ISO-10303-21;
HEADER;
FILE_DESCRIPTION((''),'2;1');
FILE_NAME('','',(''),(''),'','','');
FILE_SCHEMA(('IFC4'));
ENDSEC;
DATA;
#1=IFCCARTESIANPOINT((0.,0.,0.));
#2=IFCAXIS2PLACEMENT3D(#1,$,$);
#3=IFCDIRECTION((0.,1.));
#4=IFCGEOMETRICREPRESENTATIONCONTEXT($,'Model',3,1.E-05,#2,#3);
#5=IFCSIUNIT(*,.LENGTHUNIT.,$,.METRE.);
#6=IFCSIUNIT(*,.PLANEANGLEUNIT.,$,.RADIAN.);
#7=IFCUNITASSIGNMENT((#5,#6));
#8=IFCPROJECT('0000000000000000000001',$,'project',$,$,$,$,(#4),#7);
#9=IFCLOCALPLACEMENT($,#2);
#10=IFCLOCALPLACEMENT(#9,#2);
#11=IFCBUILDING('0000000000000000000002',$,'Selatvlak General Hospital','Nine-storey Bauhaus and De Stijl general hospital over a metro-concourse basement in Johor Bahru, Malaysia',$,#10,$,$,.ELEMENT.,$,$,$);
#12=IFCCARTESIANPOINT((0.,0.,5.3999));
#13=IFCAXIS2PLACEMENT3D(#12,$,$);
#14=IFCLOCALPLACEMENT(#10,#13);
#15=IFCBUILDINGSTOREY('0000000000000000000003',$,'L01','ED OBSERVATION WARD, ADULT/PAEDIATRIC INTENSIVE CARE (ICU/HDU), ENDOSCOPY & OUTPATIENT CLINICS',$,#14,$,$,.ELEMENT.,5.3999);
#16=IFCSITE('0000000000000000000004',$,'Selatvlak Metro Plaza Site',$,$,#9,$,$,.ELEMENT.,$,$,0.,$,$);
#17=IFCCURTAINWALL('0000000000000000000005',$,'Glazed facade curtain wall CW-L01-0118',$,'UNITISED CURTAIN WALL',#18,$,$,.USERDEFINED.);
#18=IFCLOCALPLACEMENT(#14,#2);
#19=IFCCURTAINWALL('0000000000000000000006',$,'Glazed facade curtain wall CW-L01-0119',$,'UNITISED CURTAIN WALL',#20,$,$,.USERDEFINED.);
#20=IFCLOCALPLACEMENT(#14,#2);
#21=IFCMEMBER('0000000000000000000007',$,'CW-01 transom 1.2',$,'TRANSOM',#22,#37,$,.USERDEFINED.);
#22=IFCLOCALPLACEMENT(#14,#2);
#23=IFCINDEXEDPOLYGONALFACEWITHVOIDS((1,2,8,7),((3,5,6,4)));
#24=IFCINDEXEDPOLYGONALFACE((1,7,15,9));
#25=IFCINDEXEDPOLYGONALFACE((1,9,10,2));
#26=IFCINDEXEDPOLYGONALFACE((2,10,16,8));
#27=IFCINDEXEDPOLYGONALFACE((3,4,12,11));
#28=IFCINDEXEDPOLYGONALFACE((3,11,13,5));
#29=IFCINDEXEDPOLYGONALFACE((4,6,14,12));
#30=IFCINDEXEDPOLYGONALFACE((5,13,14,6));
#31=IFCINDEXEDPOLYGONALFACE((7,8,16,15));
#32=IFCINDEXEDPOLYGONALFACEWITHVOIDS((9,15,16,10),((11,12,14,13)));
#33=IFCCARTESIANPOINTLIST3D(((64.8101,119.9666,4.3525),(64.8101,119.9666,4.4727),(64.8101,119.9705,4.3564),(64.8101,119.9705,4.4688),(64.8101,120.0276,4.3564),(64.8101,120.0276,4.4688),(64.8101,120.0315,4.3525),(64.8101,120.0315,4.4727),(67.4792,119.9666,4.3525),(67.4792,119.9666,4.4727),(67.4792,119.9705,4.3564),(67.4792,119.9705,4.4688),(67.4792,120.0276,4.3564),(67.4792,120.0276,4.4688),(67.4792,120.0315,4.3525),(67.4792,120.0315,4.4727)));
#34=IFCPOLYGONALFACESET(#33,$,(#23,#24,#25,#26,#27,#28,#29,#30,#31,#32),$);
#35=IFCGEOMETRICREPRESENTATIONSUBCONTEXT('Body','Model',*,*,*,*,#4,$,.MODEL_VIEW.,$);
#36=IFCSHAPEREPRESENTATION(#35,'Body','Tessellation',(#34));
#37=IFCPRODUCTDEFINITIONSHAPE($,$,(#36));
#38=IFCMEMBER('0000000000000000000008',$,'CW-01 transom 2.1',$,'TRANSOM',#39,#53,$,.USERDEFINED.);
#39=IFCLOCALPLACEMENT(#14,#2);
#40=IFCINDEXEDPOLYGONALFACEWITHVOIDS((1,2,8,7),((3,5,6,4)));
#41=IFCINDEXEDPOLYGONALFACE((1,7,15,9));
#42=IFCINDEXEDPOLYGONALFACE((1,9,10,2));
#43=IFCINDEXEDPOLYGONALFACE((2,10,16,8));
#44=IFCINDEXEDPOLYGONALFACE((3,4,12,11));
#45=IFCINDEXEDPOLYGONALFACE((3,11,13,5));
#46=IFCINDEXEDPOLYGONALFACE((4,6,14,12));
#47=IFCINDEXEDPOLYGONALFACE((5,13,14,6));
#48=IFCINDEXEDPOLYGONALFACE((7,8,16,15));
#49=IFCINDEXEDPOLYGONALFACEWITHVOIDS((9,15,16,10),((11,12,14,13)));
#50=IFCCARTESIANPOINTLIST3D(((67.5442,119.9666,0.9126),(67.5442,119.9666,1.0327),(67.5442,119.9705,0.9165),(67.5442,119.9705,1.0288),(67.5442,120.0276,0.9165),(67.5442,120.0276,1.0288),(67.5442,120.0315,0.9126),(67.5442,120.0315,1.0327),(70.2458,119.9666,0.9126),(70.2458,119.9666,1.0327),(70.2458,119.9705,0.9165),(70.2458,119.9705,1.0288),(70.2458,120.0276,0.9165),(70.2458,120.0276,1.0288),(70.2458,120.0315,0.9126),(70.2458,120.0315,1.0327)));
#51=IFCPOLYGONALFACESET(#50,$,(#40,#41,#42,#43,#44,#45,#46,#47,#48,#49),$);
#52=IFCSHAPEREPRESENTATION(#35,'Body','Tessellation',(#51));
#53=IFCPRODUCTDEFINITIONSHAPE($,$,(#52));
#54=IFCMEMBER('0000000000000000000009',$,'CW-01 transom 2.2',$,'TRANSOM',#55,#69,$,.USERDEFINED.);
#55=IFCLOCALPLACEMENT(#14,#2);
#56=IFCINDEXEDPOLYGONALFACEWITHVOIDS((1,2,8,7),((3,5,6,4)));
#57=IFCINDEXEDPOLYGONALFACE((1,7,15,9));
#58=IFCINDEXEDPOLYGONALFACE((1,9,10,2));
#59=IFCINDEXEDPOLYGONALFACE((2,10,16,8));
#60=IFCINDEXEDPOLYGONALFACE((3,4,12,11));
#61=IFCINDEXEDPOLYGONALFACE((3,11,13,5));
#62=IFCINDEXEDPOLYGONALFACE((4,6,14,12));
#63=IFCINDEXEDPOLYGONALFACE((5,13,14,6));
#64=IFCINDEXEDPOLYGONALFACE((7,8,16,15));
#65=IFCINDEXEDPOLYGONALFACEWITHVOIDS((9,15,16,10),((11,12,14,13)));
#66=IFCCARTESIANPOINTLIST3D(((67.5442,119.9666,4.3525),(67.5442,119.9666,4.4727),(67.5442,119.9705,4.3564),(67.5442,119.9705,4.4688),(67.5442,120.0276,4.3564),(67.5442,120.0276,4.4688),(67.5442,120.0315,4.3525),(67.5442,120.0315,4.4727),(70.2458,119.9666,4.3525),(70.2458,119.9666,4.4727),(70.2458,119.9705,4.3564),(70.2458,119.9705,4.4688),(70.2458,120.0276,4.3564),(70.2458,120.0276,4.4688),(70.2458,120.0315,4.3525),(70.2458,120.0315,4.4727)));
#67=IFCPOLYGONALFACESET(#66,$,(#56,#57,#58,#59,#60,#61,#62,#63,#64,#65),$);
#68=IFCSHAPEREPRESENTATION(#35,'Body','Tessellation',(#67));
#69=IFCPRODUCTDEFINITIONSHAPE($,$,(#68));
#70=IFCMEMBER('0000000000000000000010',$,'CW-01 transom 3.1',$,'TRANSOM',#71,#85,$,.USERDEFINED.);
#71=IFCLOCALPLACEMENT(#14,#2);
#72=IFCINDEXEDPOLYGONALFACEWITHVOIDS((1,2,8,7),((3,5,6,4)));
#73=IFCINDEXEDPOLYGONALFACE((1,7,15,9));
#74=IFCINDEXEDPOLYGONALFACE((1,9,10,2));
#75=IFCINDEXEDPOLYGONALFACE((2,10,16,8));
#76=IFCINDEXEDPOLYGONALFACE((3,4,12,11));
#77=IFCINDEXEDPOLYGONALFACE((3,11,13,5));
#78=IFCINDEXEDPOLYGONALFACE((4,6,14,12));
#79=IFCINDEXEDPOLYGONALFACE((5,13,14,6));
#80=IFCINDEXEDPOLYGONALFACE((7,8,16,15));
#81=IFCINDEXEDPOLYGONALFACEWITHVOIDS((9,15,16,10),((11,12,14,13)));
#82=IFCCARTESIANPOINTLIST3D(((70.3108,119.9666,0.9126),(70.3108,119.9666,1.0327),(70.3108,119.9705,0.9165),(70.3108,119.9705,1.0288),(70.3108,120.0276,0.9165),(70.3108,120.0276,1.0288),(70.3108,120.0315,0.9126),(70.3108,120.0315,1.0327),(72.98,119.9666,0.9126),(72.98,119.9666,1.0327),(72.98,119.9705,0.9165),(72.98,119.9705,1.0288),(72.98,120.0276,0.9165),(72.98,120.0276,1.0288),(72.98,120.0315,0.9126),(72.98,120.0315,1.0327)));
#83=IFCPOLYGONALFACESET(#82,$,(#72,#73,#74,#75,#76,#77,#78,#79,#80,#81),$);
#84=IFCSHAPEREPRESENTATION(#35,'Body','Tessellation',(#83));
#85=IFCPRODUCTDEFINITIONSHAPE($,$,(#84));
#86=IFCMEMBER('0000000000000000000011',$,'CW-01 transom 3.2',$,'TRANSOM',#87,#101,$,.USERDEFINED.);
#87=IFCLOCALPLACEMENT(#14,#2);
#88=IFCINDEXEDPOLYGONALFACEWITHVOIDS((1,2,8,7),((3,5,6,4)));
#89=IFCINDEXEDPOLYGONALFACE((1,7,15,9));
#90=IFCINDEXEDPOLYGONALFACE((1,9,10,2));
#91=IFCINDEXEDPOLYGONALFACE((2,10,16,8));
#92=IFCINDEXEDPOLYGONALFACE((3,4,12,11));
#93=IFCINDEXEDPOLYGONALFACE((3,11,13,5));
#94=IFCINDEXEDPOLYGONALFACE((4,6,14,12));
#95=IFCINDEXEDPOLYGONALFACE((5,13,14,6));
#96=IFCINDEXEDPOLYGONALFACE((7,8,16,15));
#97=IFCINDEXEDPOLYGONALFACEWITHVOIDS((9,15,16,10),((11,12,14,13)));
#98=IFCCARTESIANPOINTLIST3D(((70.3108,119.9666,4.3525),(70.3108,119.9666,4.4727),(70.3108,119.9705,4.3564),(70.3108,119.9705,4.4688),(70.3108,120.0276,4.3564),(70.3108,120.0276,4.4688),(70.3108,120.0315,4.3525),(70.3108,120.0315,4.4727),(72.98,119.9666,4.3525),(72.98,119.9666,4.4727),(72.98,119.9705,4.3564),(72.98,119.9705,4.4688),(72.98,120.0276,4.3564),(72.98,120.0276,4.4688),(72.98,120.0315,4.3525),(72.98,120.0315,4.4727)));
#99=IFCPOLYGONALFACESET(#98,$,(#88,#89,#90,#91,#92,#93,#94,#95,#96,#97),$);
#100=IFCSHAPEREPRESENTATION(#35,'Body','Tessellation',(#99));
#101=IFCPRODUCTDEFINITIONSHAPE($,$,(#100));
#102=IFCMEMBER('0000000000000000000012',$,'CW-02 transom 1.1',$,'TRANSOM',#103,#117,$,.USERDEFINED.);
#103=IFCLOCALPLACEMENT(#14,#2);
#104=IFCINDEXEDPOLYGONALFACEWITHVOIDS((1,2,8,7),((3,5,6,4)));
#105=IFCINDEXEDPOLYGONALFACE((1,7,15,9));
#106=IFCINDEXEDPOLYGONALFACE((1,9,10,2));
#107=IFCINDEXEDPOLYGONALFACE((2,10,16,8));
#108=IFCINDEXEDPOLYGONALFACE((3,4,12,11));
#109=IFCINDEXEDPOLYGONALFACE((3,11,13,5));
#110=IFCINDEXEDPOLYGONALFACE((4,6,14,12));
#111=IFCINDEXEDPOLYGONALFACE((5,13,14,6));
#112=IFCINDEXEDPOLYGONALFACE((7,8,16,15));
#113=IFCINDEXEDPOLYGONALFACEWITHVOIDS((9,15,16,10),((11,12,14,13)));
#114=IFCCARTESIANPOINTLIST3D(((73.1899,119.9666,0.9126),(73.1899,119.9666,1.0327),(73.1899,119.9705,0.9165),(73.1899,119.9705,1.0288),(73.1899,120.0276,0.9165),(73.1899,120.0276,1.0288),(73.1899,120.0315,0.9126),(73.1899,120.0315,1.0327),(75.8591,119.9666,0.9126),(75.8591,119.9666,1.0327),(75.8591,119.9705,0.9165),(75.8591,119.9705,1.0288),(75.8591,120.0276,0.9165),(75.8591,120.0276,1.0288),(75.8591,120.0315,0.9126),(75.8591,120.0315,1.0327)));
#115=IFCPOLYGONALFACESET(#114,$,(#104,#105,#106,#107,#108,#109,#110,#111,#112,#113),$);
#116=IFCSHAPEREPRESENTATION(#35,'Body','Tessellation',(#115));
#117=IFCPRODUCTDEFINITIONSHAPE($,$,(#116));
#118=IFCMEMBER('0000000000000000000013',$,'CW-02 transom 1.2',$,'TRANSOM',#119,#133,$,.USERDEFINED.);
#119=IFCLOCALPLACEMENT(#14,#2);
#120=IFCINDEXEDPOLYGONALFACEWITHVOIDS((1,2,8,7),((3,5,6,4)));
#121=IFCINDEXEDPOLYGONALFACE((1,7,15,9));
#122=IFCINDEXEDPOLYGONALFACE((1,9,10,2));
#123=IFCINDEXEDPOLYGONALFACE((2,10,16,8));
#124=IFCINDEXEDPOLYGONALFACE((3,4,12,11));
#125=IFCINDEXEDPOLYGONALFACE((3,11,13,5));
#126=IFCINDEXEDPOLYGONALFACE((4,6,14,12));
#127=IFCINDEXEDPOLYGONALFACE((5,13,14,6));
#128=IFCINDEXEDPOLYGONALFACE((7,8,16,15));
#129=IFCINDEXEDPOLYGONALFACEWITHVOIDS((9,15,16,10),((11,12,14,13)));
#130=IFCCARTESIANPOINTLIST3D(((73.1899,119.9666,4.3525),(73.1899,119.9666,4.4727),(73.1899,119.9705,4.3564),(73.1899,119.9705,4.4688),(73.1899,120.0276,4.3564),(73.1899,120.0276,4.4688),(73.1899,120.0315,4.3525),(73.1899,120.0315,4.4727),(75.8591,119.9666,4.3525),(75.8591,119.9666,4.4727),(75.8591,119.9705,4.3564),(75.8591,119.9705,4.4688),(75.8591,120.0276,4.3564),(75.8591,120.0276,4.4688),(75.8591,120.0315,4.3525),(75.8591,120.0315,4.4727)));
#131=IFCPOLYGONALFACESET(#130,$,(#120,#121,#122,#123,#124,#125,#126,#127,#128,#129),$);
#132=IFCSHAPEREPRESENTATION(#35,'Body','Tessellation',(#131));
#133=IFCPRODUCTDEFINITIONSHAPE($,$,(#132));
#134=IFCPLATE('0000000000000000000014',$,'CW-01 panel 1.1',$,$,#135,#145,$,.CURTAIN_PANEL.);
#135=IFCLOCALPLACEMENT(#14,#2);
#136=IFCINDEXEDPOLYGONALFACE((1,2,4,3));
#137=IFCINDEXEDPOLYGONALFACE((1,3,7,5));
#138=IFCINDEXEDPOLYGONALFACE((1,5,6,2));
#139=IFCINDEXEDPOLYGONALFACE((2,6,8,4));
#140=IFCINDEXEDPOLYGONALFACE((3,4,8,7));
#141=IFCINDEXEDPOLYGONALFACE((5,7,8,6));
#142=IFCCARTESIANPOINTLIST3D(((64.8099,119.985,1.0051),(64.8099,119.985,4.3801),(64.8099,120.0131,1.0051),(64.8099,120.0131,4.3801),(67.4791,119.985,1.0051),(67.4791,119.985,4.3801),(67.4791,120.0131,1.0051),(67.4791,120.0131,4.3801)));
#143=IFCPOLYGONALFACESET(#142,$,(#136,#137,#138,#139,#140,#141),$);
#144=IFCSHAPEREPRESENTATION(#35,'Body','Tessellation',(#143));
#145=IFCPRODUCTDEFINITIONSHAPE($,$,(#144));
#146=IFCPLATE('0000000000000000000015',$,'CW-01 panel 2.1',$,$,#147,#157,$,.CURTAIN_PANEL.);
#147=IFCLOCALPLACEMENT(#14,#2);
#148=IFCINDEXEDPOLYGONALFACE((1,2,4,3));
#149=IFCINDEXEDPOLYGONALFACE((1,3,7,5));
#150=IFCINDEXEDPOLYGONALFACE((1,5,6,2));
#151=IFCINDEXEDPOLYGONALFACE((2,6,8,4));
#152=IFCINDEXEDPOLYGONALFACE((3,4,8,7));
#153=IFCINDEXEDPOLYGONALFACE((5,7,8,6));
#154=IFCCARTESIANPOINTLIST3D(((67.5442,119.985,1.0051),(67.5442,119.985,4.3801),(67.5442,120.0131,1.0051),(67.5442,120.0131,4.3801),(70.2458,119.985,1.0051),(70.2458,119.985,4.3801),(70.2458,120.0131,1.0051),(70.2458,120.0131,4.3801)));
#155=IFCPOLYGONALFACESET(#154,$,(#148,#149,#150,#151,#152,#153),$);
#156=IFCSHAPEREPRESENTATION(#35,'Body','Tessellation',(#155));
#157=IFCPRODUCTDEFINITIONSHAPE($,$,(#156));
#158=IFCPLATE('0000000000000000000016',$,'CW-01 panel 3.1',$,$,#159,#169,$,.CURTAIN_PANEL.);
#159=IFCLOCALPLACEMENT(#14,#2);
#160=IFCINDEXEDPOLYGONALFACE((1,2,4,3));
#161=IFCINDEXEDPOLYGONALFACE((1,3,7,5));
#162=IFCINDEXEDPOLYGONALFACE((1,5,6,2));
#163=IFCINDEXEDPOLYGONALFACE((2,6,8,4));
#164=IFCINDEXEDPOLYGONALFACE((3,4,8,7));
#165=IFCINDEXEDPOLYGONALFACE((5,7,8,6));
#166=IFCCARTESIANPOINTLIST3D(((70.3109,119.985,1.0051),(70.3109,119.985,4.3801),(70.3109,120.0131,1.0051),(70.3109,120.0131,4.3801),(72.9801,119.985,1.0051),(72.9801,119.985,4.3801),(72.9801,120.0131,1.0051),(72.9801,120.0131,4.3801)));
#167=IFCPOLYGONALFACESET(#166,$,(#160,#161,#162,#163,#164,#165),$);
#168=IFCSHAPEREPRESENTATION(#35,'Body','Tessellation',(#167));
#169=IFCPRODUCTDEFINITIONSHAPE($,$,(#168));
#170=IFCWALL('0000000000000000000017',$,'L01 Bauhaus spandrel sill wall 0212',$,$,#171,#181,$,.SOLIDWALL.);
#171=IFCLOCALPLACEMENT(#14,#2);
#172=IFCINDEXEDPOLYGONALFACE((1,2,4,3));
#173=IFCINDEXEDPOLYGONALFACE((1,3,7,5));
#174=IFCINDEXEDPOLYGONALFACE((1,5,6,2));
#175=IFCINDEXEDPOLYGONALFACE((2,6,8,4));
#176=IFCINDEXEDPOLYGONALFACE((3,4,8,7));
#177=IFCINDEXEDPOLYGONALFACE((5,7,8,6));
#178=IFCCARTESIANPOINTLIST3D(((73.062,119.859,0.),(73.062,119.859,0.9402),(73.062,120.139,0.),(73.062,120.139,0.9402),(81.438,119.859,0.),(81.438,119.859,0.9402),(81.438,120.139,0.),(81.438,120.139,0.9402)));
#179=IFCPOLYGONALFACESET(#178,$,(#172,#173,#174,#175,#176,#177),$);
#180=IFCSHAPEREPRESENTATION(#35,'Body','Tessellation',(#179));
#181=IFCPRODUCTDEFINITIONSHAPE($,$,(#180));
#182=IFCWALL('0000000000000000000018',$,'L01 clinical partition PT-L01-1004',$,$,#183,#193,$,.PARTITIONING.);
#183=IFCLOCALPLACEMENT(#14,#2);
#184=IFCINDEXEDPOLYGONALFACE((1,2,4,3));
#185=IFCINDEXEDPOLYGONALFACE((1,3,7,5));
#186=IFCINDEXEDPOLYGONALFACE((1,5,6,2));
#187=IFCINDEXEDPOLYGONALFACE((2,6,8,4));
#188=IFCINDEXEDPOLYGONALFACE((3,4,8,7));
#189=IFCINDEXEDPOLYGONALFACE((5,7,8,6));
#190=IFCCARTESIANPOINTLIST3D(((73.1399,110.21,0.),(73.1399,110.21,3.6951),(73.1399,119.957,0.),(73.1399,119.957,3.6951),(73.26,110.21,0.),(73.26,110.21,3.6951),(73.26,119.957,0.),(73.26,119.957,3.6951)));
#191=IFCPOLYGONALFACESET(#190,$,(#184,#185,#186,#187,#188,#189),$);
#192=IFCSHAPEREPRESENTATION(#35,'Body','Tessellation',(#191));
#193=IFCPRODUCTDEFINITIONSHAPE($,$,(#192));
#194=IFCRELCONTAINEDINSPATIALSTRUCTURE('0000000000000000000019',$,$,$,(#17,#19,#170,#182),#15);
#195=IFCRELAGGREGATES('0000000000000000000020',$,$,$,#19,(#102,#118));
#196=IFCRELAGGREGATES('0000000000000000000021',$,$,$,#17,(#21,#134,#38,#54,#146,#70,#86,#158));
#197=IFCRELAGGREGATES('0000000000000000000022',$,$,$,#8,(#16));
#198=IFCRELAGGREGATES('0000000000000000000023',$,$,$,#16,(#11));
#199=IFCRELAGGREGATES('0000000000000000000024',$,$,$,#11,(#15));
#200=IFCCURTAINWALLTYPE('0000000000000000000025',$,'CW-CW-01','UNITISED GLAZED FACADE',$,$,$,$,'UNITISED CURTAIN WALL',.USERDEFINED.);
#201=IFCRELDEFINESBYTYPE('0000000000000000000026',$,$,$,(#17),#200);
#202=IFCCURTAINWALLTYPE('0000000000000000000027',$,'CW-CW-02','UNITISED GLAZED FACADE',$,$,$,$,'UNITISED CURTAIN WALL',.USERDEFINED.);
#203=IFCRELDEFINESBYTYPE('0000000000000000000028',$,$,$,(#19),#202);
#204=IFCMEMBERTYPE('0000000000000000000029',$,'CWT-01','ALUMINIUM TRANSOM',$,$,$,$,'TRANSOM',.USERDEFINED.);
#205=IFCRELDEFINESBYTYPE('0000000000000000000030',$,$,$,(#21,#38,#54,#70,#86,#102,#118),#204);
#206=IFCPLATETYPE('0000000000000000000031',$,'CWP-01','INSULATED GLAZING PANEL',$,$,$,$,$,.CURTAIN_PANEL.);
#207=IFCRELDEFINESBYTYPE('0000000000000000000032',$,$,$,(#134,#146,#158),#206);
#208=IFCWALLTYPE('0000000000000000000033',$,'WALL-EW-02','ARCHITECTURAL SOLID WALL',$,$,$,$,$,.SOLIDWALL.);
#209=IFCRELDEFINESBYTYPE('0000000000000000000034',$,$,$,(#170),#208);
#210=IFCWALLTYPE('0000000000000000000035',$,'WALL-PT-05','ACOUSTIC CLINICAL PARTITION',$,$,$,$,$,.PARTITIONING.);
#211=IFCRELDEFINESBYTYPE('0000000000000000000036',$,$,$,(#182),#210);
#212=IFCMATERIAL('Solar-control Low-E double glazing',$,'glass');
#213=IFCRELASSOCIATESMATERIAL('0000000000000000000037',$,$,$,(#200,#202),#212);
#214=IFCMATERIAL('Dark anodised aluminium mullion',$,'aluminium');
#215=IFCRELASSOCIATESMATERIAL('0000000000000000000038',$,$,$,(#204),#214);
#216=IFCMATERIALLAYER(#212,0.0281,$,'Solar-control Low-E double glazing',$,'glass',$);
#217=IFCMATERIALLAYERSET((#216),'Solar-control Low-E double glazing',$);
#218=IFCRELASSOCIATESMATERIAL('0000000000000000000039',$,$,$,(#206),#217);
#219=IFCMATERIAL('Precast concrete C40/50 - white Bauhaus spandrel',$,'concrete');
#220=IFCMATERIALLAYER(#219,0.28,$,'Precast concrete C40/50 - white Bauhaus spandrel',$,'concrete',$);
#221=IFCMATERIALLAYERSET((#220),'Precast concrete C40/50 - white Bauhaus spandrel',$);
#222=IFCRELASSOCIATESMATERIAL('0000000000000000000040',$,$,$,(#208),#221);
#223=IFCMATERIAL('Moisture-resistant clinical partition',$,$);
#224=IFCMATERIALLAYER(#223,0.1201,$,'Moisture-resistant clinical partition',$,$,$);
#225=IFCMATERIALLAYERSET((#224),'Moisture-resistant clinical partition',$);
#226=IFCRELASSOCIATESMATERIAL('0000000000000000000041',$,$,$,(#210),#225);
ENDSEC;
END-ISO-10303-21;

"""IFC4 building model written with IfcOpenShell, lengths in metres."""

from ifc_helpers import new_model, si_unit, direction, frame, frame_2d, origin, origin_2d, place, context, subcontext, project, spatial, rectangle, hollow_rectangle, extrude, material, layer, layer_set, material_profile, profile_set, type_object, element, aggregate, save


model = new_model("IFC4")

# Units and contexts
model_context = context("Model", 3, precision=1e-05, world=origin(), true_north=direction((0.0, 1.0)))
body_context = subcontext(model_context, "Body", "Model", "MODEL_VIEW")
ifc_project = project(units=[si_unit("LENGTHUNIT", "METRE"), si_unit("PLANEANGLEUNIT", "RADIAN")], contexts=[model_context])

# Site, building, storey
site_placement = place(None, origin())
site = spatial("IfcSite", under=ifc_project, at=site_placement, Name="Selatvlak Metro Plaza Site", CompositionType="ELEMENT", RefElevation=0.0)
building_placement = place(site_placement, origin())
building = spatial("IfcBuilding", under=site, at=building_placement, Name="Selatvlak General Hospital", Description="Nine-storey Bauhaus and De Stijl general hospital over a metro-concourse basement in Johor Bahru, Malaysia", CompositionType="ELEMENT")
storey_placement = place(building_placement, frame((0.0, 0.0, 5.3999)))
storey = spatial("IfcBuildingStorey", under=building, at=storey_placement, Name="L01", Description="ED OBSERVATION WARD, ADULT/PAEDIATRIC INTENSIVE CARE (ICU/HDU), ENDOSCOPY & OUTPATIENT CLINICS", CompositionType="ELEMENT", Elevation=5.3999)

# Curtain wall
ifc_material_1 = material(Name="Solar-control Low-E double glazing", Category="glass")
curtain_wall_type_1 = type_object("IfcCurtainWallType", Name="CW-CW-01", Description="UNITISED GLAZED FACADE", ElementType="UNITISED CURTAIN WALL", PredefinedType="USERDEFINED", material=ifc_material_1)
curtain_wall_1_placement = place(storey_placement, origin())
curtain_wall_1 = element("IfcCurtainWall", 1, at=curtain_wall_1_placement, inside=storey, type_object=curtain_wall_type_1, Name="Glazed facade curtain wall CW-L01-0118", ObjectType="UNITISED CURTAIN WALL", PredefinedType="USERDEFINED")
ifc_material_2 = material(Name="Dark anodised aluminium mullion", Category="aluminium")

# Curtain wall
curtain_wall_type_2 = type_object("IfcCurtainWallType", Name="CW-CW-02", Description="UNITISED GLAZED FACADE", ElementType="UNITISED CURTAIN WALL", PredefinedType="USERDEFINED", material=ifc_material_1)
curtain_wall_2_placement = place(storey_placement, origin())
curtain_wall_2 = element("IfcCurtainWall", 2, at=curtain_wall_2_placement, inside=storey, type_object=curtain_wall_type_2, Name="Glazed facade curtain wall CW-L01-0119", ObjectType="UNITISED CURTAIN WALL", PredefinedType="USERDEFINED")

# Members
ifc_material_profile_1 = material_profile(ifc_material_2, hollow_rectangle(XDim=0.0649, YDim=0.1201, WallThickness=0.0039, at=origin_2d()), Name="AL-TRN 65x120x4")
ifc_profile_set_1 = profile_set([ifc_material_profile_1], Name="Dark anodised aluminium mullion")
member_type_1 = type_object("IfcMemberType", Name="CWT-01", Description="ALUMINIUM TRANSOM", ElementType="TRANSOM", PredefinedType="USERDEFINED", material=ifc_profile_set_1)
member_1_placement = place(storey_placement, frame((64.8101, 119.999, 4.4126), z_axis=(1.0, 0.0, 0.0), x_axis=(0.0, 1.0, 0.0)))
member_1 = element("IfcMember", 3, at=member_1_placement, type_object=member_type_1, Name="CW-01 transom 1.2", ObjectType="TRANSOM", PredefinedType="USERDEFINED", context=body_context, shape_type="SweptSolid", body=[
    extrude(hollow_rectangle(XDim=0.0649, YDim=0.1201, WallThickness=0.0039, at=origin_2d()), origin(), (0.0, 0.0, 1.0), 2.6692),
])
member_2_placement = place(storey_placement, frame((67.5442, 119.999, 0.9727), z_axis=(1.0, 0.0, 0.0), x_axis=(0.0, 1.0, 0.0)))
member_2 = element("IfcMember", 4, at=member_2_placement, type_object=member_type_1, Name="CW-01 transom 2.1", ObjectType="TRANSOM", PredefinedType="USERDEFINED", context=body_context, shape_type="SweptSolid", body=[
    extrude(hollow_rectangle(XDim=0.0649, YDim=0.1201, WallThickness=0.0039, at=origin_2d()), origin(), (0.0, 0.0, 1.0), 2.7017),
])
member_3_placement = place(storey_placement, frame((67.5442, 119.999, 4.4126), z_axis=(1.0, 0.0, 0.0), x_axis=(0.0, 1.0, 0.0)))
member_3 = element("IfcMember", 5, at=member_3_placement, type_object=member_type_1, Name="CW-01 transom 2.2", ObjectType="TRANSOM", PredefinedType="USERDEFINED", context=body_context, shape_type="SweptSolid", body=[
    extrude(hollow_rectangle(XDim=0.0649, YDim=0.1201, WallThickness=0.0039, at=origin_2d()), origin(), (0.0, 0.0, 1.0), 2.7017),
])
member_4_placement = place(storey_placement, frame((70.3108, 119.999, 0.9727), z_axis=(1.0, 0.0, 0.0), x_axis=(0.0, 1.0, 0.0)))
member_4 = element("IfcMember", 6, at=member_4_placement, type_object=member_type_1, Name="CW-01 transom 3.1", ObjectType="TRANSOM", PredefinedType="USERDEFINED", context=body_context, shape_type="SweptSolid", body=[
    extrude(hollow_rectangle(XDim=0.0649, YDim=0.1201, WallThickness=0.0039, at=origin_2d()), origin(), (0.0, 0.0, 1.0), 2.6692),
])
member_5_placement = place(storey_placement, frame((70.3108, 119.999, 4.4126), z_axis=(1.0, 0.0, 0.0), x_axis=(0.0, 1.0, 0.0)))
member_5 = element("IfcMember", 7, at=member_5_placement, type_object=member_type_1, Name="CW-01 transom 3.2", ObjectType="TRANSOM", PredefinedType="USERDEFINED", context=body_context, shape_type="SweptSolid", body=[
    extrude(hollow_rectangle(XDim=0.0649, YDim=0.1201, WallThickness=0.0039, at=origin_2d()), origin(), (0.0, 0.0, 1.0), 2.6692),
])
member_6_placement = place(storey_placement, frame((73.1899, 119.999, 0.9727), z_axis=(1.0, 0.0, 0.0), x_axis=(0.0, 1.0, 0.0)))
member_6 = element("IfcMember", 8, at=member_6_placement, type_object=member_type_1, Name="CW-02 transom 1.1", ObjectType="TRANSOM", PredefinedType="USERDEFINED", context=body_context, shape_type="SweptSolid", body=[
    extrude(hollow_rectangle(XDim=0.0649, YDim=0.1201, WallThickness=0.0039, at=origin_2d()), origin(), (0.0, 0.0, 1.0), 2.6692),
])
member_7_placement = place(storey_placement, frame((73.1899, 119.999, 4.4126), z_axis=(1.0, 0.0, 0.0), x_axis=(0.0, 1.0, 0.0)))
member_7 = element("IfcMember", 9, at=member_7_placement, type_object=member_type_1, Name="CW-02 transom 1.2", ObjectType="TRANSOM", PredefinedType="USERDEFINED", context=body_context, shape_type="SweptSolid", body=[
    extrude(hollow_rectangle(XDim=0.0649, YDim=0.1201, WallThickness=0.0039, at=origin_2d()), origin(), (0.0, 0.0, 1.0), 2.6692),
])
aggregate(curtain_wall_2, [member_6, member_7])

# Plates
ifc_layer_1 = layer(ifc_material_1, 0.0281, Name="Solar-control Low-E double glazing", Category="glass")
ifc_layer_set_1 = layer_set([ifc_layer_1], Name="Solar-control Low-E double glazing")
plate_type = type_object("IfcPlateType", Name="CWP-01", Description="INSULATED GLAZING PANEL", PredefinedType="CURTAIN_PANEL", material=ifc_layer_set_1)
plate_1_placement = place(storey_placement, frame((66.1445, 119.999, 1.0051), z_axis=(0.0, 0.0, 1.0), x_axis=(1.0, 0.0, 0.0)))
plate_1 = element("IfcPlate", 10, at=plate_1_placement, type_object=plate_type, Name="CW-01 panel 1.1", PredefinedType="CURTAIN_PANEL", context=body_context, shape_type="SweptSolid", body=[
    extrude(rectangle(XDim=2.6692, YDim=0.0281, at=origin_2d()), origin(), (0.0, 0.0, 1.0), 3.375),
])
plate_2_placement = place(storey_placement, frame((68.895, 119.999, 1.0051), z_axis=(0.0, 0.0, 1.0), x_axis=(1.0, 0.0, 0.0)))
plate_2 = element("IfcPlate", 11, at=plate_2_placement, type_object=plate_type, Name="CW-01 panel 2.1", PredefinedType="CURTAIN_PANEL", context=body_context, shape_type="SweptSolid", body=[
    extrude(rectangle(XDim=2.7017, YDim=0.0281, at=origin_2d()), origin(), (0.0, 0.0, 1.0), 3.375),
])
plate_3_placement = place(storey_placement, frame((71.6455, 119.999, 1.0051), z_axis=(0.0, 0.0, 1.0), x_axis=(1.0, 0.0, 0.0)))
plate_3 = element("IfcPlate", 12, at=plate_3_placement, type_object=plate_type, Name="CW-01 panel 3.1", PredefinedType="CURTAIN_PANEL", context=body_context, shape_type="SweptSolid", body=[
    extrude(rectangle(XDim=2.6692, YDim=0.0281, at=origin_2d()), origin(), (0.0, 0.0, 1.0), 3.375),
])
aggregate(curtain_wall_1, [member_1, plate_1, member_2, member_3, plate_2, member_4, member_5, plate_3])

# Walls
ifc_material_3 = material(Name="Precast concrete C40/50 - white Bauhaus spandrel", Category="concrete")
ifc_layer_2 = layer(ifc_material_3, 0.28, Name="Precast concrete C40/50 - white Bauhaus spandrel", Category="concrete")
ifc_layer_set_2 = layer_set([ifc_layer_2], Name="Precast concrete C40/50 - white Bauhaus spandrel")
wall_type_1 = type_object("IfcWallType", Name="WALL-EW-02", Description="ARCHITECTURAL SOLID WALL", PredefinedType="SOLIDWALL", material=ifc_layer_set_2)
wall_1_placement = place(storey_placement, frame((73.062, 119.999, 0.0), z_axis=(0.0, 0.0, 1.0), x_axis=(1.0, 0.0, 0.0)))
element("IfcWall", 13, at=wall_1_placement, inside=storey, type_object=wall_type_1, Name="L01 Bauhaus spandrel sill wall 0212", PredefinedType="SOLIDWALL", context=body_context, shape_type="SweptSolid", body=[
    extrude(rectangle(XDim=8.376, YDim=0.28, at=frame_2d((4.188, 0.0))), origin(), (0.0, 0.0, 1.0), 0.9402),
])
ifc_material_4 = material(Name="Moisture-resistant clinical partition")
ifc_layer_3 = layer(ifc_material_4, 0.1201, Name="Moisture-resistant clinical partition")
ifc_layer_set_3 = layer_set([ifc_layer_3], Name="Moisture-resistant clinical partition")
wall_type_2 = type_object("IfcWallType", Name="WALL-PT-05", Description="ACOUSTIC CLINICAL PARTITION", PredefinedType="PARTITIONING", material=ifc_layer_set_3)
wall_2_placement = place(storey_placement, frame((73.2, 119.957, 0.0), z_axis=(0.0, 0.0, 1.0), x_axis=(0.0, -1.0, 0.0)))
element("IfcWall", 14, at=wall_2_placement, inside=storey, type_object=wall_type_2, Name="L01 clinical partition PT-L01-1004", PredefinedType="PARTITIONING", context=body_context, shape_type="SweptSolid", body=[
    extrude(rectangle(XDim=9.7471, YDim=0.1201, at=frame_2d((4.8735, 0.0))), origin(), (0.0, 0.0, 1.0), 3.6951),
])

save(model, "model.ifc")
